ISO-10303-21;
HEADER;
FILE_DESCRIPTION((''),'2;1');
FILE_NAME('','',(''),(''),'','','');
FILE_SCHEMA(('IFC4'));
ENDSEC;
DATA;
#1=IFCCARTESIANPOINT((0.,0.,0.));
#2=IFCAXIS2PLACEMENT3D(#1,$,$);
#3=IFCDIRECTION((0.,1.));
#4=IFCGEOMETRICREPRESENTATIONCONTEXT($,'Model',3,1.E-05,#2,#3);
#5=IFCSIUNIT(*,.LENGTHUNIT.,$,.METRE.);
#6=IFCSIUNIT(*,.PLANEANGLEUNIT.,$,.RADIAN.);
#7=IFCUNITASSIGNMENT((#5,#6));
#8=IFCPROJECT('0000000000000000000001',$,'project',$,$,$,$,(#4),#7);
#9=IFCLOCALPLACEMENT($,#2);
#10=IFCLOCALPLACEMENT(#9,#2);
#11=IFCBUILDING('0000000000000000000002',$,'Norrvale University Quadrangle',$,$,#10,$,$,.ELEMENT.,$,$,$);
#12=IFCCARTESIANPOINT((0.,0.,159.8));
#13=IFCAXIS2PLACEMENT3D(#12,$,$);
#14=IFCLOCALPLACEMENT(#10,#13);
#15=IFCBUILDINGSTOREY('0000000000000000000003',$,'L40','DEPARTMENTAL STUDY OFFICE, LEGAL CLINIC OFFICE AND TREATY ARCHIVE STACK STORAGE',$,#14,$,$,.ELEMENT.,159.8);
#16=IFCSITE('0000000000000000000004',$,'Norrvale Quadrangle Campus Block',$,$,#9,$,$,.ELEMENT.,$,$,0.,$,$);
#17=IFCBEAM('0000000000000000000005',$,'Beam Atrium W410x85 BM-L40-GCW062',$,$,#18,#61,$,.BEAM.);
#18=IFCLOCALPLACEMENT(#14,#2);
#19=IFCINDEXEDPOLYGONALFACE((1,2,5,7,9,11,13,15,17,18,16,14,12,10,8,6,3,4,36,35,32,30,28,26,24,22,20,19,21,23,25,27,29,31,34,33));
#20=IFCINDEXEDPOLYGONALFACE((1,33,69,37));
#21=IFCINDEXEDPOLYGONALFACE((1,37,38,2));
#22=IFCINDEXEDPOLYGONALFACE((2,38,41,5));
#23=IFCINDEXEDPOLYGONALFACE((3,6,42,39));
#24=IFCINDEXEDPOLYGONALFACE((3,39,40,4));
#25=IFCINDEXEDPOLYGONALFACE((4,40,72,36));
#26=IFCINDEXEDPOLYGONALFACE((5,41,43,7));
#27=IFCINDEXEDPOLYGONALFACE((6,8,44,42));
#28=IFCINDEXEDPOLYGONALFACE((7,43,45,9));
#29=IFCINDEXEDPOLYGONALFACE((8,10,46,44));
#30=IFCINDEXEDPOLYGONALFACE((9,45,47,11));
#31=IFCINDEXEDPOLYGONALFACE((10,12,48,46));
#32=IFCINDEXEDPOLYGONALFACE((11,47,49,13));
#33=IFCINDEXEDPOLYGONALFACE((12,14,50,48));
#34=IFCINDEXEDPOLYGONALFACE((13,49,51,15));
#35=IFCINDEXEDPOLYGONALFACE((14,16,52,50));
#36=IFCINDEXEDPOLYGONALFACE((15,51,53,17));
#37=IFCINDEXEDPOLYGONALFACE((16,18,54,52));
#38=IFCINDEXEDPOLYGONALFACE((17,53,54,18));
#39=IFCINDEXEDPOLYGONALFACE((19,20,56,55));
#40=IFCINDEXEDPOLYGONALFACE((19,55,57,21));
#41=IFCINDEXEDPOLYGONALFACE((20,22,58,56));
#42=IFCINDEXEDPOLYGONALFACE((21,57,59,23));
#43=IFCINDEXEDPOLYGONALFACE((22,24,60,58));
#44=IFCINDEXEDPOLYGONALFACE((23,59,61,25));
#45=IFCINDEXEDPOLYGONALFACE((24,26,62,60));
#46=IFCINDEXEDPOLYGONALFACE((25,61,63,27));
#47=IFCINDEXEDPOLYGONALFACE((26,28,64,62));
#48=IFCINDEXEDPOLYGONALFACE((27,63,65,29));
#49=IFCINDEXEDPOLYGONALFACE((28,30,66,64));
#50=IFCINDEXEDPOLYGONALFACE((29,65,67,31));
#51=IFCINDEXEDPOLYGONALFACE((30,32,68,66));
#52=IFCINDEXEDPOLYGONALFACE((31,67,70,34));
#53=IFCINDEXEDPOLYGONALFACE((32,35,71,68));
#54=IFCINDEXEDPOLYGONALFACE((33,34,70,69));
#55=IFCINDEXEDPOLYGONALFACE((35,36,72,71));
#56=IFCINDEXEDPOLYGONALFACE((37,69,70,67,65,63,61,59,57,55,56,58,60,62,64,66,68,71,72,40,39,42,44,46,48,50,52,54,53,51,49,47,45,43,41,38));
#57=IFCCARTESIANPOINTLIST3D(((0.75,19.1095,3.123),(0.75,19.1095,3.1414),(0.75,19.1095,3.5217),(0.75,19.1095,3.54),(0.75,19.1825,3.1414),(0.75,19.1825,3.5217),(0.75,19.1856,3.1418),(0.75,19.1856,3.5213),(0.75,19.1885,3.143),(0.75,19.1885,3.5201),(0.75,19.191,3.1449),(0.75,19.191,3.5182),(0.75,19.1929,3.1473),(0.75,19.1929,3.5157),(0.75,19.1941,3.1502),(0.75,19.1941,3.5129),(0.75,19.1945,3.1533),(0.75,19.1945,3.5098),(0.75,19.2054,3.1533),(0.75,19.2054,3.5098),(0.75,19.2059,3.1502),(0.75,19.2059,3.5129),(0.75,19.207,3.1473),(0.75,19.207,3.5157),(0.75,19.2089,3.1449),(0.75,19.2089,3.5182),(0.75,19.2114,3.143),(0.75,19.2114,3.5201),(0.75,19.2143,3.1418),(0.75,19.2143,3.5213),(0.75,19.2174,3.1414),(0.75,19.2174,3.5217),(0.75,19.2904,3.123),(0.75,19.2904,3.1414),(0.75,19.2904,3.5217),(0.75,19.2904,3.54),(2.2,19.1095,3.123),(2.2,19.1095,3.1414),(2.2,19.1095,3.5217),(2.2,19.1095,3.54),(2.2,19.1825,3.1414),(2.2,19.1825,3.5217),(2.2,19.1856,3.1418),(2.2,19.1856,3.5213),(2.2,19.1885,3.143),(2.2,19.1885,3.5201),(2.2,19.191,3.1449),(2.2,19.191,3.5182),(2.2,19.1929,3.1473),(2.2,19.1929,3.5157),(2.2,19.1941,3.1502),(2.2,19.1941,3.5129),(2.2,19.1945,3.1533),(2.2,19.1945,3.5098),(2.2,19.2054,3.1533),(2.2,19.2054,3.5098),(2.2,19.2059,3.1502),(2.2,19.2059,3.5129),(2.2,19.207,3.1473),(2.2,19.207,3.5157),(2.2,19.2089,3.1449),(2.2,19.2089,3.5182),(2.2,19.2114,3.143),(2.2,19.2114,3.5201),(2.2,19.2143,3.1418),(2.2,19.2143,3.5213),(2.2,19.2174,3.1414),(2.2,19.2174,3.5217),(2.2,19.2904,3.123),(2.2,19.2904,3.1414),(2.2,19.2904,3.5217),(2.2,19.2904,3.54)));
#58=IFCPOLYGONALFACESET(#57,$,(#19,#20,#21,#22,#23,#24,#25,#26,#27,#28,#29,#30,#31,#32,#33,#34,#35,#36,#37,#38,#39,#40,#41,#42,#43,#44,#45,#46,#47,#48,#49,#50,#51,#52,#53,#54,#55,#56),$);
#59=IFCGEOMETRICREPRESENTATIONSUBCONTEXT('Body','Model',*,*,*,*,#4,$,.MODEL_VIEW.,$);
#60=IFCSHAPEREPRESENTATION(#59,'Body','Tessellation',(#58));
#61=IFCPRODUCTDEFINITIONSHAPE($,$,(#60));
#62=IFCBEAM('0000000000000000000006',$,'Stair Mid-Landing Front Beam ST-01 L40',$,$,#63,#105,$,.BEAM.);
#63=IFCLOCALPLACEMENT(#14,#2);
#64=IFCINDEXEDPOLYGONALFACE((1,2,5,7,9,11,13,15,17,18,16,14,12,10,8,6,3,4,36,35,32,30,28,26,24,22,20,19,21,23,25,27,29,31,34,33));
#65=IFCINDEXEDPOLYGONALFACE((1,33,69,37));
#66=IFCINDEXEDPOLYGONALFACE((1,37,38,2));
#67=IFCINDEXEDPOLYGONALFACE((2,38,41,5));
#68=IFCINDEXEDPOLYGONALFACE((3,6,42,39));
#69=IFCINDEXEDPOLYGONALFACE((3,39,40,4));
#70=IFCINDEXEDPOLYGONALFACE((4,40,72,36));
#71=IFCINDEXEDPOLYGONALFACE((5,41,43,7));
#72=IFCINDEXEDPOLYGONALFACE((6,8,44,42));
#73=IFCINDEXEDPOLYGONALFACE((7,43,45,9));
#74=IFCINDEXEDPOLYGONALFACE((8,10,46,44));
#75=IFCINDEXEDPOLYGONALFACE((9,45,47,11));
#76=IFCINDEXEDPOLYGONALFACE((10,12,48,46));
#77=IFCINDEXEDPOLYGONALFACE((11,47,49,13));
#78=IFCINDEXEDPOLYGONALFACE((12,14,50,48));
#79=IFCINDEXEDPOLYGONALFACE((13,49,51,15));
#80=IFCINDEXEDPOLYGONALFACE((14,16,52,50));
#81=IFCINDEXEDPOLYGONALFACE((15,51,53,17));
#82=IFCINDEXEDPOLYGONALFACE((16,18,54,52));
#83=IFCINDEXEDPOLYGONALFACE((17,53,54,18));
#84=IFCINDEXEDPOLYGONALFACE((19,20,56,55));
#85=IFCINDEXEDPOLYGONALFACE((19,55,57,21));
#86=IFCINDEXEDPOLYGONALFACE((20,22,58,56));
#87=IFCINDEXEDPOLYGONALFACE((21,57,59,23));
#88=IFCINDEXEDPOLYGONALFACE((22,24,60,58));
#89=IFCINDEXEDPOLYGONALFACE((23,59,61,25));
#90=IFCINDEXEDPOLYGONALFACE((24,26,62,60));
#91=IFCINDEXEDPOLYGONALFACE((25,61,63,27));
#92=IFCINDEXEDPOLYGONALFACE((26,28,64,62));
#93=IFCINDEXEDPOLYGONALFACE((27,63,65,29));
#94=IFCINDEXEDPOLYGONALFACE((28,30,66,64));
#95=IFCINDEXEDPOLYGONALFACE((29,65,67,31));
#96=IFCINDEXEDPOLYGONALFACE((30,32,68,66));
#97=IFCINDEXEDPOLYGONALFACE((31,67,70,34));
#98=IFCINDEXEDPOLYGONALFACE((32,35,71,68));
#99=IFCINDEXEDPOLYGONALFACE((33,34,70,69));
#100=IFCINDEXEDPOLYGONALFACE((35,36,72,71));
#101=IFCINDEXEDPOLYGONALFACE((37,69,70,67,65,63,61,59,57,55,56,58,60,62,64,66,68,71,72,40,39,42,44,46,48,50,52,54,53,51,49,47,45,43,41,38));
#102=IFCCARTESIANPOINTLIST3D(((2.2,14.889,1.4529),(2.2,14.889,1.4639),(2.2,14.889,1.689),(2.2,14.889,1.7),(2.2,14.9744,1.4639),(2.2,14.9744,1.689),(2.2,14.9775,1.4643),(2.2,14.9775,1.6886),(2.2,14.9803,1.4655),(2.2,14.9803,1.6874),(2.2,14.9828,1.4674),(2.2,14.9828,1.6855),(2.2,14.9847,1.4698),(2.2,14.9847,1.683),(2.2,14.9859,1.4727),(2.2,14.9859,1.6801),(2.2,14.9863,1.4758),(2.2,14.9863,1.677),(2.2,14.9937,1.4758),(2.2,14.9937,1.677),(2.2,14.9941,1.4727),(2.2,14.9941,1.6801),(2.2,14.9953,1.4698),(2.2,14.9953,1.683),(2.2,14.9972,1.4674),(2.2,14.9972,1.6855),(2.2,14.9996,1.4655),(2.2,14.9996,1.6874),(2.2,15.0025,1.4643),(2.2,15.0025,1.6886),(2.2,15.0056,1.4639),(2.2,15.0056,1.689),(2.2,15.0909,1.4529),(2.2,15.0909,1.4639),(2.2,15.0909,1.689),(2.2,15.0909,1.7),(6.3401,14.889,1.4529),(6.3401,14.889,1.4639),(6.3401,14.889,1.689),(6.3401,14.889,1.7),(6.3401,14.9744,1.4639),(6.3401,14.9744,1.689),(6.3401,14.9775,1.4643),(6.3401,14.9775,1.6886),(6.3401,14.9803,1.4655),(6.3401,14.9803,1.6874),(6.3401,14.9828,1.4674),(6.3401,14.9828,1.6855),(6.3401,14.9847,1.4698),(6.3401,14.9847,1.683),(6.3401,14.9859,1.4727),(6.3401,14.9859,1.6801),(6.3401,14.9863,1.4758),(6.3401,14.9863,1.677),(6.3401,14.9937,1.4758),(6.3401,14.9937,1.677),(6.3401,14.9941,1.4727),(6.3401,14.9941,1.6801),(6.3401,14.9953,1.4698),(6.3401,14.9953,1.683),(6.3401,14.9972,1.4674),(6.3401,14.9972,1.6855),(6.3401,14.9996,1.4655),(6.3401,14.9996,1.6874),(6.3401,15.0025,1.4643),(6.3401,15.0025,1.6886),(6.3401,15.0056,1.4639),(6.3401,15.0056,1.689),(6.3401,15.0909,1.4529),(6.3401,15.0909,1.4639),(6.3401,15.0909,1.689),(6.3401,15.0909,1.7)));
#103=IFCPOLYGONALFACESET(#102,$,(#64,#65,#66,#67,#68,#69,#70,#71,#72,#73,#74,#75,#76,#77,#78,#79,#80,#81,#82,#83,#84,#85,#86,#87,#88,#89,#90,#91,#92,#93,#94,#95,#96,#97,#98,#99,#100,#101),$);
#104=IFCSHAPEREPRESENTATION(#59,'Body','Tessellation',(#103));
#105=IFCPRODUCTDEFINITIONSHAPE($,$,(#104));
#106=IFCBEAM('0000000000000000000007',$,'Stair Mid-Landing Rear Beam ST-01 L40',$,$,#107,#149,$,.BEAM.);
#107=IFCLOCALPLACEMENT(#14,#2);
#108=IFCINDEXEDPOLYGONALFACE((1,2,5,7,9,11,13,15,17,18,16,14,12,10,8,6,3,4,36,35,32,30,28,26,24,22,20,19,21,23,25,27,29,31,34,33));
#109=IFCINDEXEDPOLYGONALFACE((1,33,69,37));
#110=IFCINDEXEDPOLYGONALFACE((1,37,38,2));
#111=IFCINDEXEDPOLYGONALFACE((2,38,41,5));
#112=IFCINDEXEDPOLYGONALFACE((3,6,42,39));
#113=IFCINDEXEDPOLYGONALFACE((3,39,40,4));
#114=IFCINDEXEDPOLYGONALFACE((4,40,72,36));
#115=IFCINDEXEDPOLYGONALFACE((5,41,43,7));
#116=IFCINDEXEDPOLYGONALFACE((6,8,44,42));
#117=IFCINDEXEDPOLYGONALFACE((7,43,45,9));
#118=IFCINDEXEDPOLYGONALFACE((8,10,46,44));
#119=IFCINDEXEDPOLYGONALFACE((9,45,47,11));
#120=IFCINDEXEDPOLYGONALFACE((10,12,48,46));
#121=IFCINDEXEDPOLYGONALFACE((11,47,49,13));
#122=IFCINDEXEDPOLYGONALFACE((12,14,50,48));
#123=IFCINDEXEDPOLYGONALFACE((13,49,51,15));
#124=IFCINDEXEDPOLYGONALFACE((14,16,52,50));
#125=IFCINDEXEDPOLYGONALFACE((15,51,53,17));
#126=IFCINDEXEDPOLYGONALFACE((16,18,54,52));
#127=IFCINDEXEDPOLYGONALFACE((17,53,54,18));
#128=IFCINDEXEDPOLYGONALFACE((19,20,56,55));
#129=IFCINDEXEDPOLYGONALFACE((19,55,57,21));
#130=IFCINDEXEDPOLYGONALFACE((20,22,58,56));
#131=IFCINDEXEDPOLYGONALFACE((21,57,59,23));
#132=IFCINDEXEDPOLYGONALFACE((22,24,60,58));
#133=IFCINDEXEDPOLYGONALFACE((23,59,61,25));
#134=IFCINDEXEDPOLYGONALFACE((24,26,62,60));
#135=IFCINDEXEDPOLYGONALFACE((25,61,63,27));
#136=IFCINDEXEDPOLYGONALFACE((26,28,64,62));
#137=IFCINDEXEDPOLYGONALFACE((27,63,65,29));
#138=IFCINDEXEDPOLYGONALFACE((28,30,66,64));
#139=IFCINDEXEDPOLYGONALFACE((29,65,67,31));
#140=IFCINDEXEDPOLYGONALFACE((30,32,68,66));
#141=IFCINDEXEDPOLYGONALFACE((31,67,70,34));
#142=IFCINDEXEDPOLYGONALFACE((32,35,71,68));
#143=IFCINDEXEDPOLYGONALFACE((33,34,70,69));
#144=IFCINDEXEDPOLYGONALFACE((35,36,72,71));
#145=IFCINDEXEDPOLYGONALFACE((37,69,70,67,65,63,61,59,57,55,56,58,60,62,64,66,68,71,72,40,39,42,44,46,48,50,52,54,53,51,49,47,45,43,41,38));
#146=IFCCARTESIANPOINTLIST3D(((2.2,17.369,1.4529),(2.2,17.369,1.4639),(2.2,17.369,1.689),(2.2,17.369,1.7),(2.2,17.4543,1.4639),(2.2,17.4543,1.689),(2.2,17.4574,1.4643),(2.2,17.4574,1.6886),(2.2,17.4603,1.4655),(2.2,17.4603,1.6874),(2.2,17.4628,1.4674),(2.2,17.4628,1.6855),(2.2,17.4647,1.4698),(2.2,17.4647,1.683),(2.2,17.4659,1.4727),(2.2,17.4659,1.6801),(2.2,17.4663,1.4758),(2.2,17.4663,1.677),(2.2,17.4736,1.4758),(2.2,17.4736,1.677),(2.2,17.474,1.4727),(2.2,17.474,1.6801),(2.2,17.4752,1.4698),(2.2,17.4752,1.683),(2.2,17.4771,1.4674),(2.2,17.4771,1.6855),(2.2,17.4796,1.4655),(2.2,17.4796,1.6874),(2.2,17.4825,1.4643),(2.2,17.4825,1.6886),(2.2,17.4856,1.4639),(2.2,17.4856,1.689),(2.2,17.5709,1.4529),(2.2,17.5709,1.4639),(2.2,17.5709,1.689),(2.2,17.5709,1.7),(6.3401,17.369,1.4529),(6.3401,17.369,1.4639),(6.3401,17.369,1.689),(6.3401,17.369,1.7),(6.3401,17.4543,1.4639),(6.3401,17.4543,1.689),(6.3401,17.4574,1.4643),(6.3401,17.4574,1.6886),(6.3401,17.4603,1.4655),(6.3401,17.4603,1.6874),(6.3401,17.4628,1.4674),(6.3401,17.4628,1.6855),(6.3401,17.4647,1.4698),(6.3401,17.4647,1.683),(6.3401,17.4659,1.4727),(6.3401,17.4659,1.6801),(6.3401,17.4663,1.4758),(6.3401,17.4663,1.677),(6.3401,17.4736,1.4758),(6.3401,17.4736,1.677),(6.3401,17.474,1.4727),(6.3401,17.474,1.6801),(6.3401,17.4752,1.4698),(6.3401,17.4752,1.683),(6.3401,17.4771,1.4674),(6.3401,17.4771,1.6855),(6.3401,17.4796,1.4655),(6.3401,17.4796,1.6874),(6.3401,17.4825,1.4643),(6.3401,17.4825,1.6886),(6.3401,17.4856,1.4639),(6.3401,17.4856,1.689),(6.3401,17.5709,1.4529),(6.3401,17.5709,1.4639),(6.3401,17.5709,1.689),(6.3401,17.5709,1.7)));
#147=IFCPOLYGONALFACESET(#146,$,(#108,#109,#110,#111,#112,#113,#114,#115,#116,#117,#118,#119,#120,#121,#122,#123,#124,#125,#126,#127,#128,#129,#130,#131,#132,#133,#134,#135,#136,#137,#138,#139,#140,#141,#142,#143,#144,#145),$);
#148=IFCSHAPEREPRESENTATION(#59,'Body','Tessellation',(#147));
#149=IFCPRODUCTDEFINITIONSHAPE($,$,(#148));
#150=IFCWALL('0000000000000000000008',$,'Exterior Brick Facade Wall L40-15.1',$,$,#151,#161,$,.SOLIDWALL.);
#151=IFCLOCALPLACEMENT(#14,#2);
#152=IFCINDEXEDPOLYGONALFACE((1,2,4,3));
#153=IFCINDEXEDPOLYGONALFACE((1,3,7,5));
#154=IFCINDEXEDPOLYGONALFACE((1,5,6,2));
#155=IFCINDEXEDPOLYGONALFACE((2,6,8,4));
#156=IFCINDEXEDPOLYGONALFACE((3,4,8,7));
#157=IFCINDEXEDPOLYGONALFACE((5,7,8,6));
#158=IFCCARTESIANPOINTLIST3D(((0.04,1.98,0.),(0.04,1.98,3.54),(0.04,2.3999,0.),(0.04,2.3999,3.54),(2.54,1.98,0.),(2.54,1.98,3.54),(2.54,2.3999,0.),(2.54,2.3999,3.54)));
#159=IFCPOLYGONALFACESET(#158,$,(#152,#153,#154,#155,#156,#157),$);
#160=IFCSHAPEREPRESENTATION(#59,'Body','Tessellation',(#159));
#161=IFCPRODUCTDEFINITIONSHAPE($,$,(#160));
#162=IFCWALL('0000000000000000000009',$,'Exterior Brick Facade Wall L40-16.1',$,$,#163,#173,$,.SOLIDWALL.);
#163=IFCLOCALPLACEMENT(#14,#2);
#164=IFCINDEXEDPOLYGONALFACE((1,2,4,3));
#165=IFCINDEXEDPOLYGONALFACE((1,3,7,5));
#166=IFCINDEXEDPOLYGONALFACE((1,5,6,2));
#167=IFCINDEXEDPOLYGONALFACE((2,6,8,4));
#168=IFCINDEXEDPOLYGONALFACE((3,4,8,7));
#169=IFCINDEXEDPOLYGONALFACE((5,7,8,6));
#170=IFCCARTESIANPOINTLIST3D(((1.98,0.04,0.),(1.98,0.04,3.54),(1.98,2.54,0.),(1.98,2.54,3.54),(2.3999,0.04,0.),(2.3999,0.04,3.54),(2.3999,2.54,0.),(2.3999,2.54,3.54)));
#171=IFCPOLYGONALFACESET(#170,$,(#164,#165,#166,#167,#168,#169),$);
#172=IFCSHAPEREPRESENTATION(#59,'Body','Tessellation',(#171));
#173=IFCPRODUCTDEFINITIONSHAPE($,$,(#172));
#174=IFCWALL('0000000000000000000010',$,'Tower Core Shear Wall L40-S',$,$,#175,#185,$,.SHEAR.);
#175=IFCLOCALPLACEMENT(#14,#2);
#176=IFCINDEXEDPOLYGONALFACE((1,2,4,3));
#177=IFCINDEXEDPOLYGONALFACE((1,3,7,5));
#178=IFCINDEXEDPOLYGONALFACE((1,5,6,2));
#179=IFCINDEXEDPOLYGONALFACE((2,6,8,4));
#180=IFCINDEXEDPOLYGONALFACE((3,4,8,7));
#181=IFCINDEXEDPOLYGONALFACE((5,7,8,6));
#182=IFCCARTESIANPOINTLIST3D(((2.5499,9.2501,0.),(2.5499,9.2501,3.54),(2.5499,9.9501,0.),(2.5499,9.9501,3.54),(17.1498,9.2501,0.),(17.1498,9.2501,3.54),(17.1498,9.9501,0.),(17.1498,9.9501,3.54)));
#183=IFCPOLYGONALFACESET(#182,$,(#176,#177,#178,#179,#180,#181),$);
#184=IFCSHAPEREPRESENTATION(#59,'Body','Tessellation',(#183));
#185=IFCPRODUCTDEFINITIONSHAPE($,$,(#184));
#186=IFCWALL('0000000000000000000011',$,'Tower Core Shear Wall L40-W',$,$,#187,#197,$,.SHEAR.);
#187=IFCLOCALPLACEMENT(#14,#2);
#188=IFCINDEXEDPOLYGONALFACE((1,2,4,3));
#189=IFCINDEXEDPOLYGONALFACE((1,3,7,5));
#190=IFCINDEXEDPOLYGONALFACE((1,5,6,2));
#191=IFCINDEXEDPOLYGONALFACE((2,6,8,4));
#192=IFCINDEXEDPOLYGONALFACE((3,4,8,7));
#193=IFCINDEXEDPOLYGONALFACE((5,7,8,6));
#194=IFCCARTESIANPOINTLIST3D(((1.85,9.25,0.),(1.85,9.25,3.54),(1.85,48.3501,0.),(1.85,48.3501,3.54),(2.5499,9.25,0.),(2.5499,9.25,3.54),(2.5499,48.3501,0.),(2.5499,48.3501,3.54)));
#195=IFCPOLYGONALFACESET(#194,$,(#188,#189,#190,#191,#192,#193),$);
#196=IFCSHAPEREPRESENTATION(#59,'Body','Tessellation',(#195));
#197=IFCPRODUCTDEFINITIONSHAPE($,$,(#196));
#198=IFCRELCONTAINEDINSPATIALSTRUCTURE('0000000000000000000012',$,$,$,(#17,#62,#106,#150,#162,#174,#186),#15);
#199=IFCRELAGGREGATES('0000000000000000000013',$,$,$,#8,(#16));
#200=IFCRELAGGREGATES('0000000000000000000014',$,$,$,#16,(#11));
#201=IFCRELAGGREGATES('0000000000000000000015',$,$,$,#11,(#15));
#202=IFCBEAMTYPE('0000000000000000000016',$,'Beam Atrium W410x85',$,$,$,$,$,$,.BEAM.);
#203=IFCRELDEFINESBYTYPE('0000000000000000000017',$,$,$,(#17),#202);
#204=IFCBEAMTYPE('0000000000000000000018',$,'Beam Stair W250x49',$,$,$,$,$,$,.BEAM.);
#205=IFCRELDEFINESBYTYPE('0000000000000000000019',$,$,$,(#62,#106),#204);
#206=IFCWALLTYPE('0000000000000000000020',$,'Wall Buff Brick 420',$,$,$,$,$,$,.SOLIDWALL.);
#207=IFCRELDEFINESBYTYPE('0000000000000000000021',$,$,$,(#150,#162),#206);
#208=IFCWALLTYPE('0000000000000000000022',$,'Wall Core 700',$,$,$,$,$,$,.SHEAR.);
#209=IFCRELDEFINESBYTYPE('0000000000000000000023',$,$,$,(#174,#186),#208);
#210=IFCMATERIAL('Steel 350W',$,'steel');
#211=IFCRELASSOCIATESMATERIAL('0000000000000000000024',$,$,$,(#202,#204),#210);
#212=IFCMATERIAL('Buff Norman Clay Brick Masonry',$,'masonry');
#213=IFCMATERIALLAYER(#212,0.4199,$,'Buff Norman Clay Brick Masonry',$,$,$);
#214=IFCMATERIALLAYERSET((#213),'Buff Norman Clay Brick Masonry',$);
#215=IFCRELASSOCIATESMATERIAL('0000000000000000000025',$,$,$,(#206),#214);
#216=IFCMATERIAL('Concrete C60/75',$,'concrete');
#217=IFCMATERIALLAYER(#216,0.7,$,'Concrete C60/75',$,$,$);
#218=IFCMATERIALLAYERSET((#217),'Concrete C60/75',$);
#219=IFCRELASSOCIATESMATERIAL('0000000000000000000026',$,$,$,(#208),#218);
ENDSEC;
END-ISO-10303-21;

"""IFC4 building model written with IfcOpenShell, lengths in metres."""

from ifc_helpers import new_model, si_unit, direction, frame, frame_2d, origin, origin_2d, place, context, subcontext, project, spatial, rectangle, i_section, extrude, material, layer, layer_set, material_profile, profile_set, type_object, element, save


model = new_model("IFC4")

# Units and contexts
model_context = context("Model", 3, precision=1e-05, world=origin(), true_north=direction((0.0, 1.0)))
body_context = subcontext(model_context, "Body", "Model", "MODEL_VIEW")
ifc_project = project(units=[si_unit("LENGTHUNIT", "METRE"), si_unit("PLANEANGLEUNIT", "RADIAN")], contexts=[model_context])

# Site, building, storey
site_placement = place(None, origin())
site = spatial("IfcSite", under=ifc_project, at=site_placement, Name="Norrvale Quadrangle Campus Block", CompositionType="ELEMENT", RefElevation=0.0)
building_placement = place(site_placement, origin())
building = spatial("IfcBuilding", under=site, at=building_placement, Name="Norrvale University Quadrangle", CompositionType="ELEMENT")
storey_placement = place(building_placement, frame((0.0, 0.0, 159.8)))
storey = spatial("IfcBuildingStorey", under=building, at=storey_placement, Name="L40", Description="DEPARTMENTAL STUDY OFFICE, LEGAL CLINIC OFFICE AND TREATY ARCHIVE STACK STORAGE", CompositionType="ELEMENT", Elevation=159.8)

# Shared definitions
ifc_material_1 = material(Name="Concrete C60/75", Category="concrete")

# Beams
ifc_material_2 = material(Name="Steel 350W", Category="steel")
ifc_material_profile_1 = material_profile(ifc_material_2, i_section(OverallWidth=0.1809, OverallDepth=0.417, WebThickness=0.011, FlangeThickness=0.0183, FilletRadius=0.012, at=origin_2d()), Name="Steel 350W")
ifc_profile_set_1 = profile_set([ifc_material_profile_1], Name="Steel 350W")
beam_type_1 = type_object("IfcBeamType", Name="Beam Atrium W410x85", PredefinedType="BEAM", material=ifc_profile_set_1)
for number, where, z_axis, x_axis, name in (
    (1, (0.75, 19.2, 3.3315), (1.0, 0.0, 0.0), (0.0, 1.0, 0.0), "Beam Atrium W410x85 BM-L40-GCW062"),
):
    element("IfcBeam", number, at=place(storey_placement, frame(where, z_axis=z_axis, x_axis=x_axis)), inside=storey, type_object=beam_type_1, Name=name, PredefinedType="BEAM", context=body_context, shape_type="SweptSolid", body=[
        extrude(i_section(OverallWidth=0.1809, OverallDepth=0.417, WebThickness=0.011, FlangeThickness=0.0183, FilletRadius=0.012, at=origin_2d()), origin(), (0.0, 0.0, 1.0), 1.45),
    ])
ifc_material_profile_2 = material_profile(ifc_material_2, i_section(OverallWidth=0.2019, OverallDepth=0.2471, WebThickness=0.0073, FlangeThickness=0.011, FilletRadius=0.012, at=origin_2d()), Name="Steel 350W")
ifc_profile_set_2 = profile_set([ifc_material_profile_2], Name="Steel 350W")
beam_type_2 = type_object("IfcBeamType", Name="Beam Stair W250x49", PredefinedType="BEAM", material=ifc_profile_set_2)
for number, where, z_axis, x_axis, name in (
    (2, (2.2, 14.99, 1.5764), (1.0, 0.0, 0.0), (0.0, 1.0, 0.0), "Stair Mid-Landing Front Beam ST-01 L40"),
    (3, (2.2, 17.47, 1.5764), (1.0, 0.0, 0.0), (0.0, 1.0, 0.0), "Stair Mid-Landing Rear Beam ST-01 L40"),
):
    element("IfcBeam", number, at=place(storey_placement, frame(where, z_axis=z_axis, x_axis=x_axis)), inside=storey, type_object=beam_type_2, Name=name, PredefinedType="BEAM", context=body_context, shape_type="SweptSolid", body=[
        extrude(i_section(OverallWidth=0.2019, OverallDepth=0.2471, WebThickness=0.0073, FlangeThickness=0.011, FilletRadius=0.012, at=origin_2d()), origin(), (0.0, 0.0, 1.0), 4.1401),
    ])

# Walls
ifc_material_3 = material(Name="Buff Norman Clay Brick Masonry", Category="masonry")
ifc_layer_1 = layer(ifc_material_3, 0.4199, Name="Buff Norman Clay Brick Masonry")
ifc_layer_set_1 = layer_set([ifc_layer_1], Name="Buff Norman Clay Brick Masonry")
wall_type_1 = type_object("IfcWallType", Name="Wall Buff Brick 420", PredefinedType="SOLIDWALL", material=ifc_layer_set_1)
for number, where, z_axis, x_axis, name in (
    (4, (0.04, 2.1899, 0.0), (0.0, 0.0, 1.0), (1.0, 0.0, 0.0), "Exterior Brick Facade Wall L40-15.1"),
    (5, (2.1899, 2.54, 0.0), (0.0, 0.0, 1.0), (0.0, -1.0, 0.0), "Exterior Brick Facade Wall L40-16.1"),
):
    element("IfcWall", number, at=place(storey_placement, frame(where, z_axis=z_axis, x_axis=x_axis)), inside=storey, type_object=wall_type_1, Name=name, PredefinedType="SOLIDWALL", context=body_context, shape_type="SweptSolid", body=[
        extrude(rectangle(XDim=2.5, YDim=0.4199, at=frame_2d((1.25, 0.0))), origin(), (0.0, 0.0, 1.0), 3.54),
    ])
ifc_layer_2 = layer(ifc_material_1, 0.7, Name="Concrete C60/75")
ifc_layer_set_2 = layer_set([ifc_layer_2], Name="Concrete C60/75")
wall_type_2 = type_object("IfcWallType", Name="Wall Core 700", PredefinedType="SHEAR", material=ifc_layer_set_2)
wall_1_placement = place(storey_placement, frame((2.55, 9.6001, 0.0), z_axis=(0.0, 0.0, 1.0), x_axis=(1.0, 0.0, 0.0)))
element("IfcWall", 6, at=wall_1_placement, inside=storey, type_object=wall_type_2, Name="Tower Core Shear Wall L40-S", PredefinedType="SHEAR", context=body_context, shape_type="SweptSolid", body=[
    extrude(rectangle(XDim=14.5999, YDim=0.7, at=frame_2d((7.2998, 0.0))), origin(), (0.0, 0.0, 1.0), 3.54),
])
wall_2_placement = place(storey_placement, frame((2.2, 9.25, 0.0), z_axis=(0.0, 0.0, 1.0), x_axis=(0.0, 1.0, 0.0)))
element("IfcWall", 7, at=wall_2_placement, inside=storey, type_object=wall_type_2, Name="Tower Core Shear Wall L40-W", PredefinedType="SHEAR", context=body_context, shape_type="SweptSolid", body=[
    extrude(rectangle(XDim=39.1001, YDim=0.7, at=frame_2d((19.55, 0.0))), origin(), (0.0, 0.0, 1.0), 3.54),
])

save(model, "model.ifc")
